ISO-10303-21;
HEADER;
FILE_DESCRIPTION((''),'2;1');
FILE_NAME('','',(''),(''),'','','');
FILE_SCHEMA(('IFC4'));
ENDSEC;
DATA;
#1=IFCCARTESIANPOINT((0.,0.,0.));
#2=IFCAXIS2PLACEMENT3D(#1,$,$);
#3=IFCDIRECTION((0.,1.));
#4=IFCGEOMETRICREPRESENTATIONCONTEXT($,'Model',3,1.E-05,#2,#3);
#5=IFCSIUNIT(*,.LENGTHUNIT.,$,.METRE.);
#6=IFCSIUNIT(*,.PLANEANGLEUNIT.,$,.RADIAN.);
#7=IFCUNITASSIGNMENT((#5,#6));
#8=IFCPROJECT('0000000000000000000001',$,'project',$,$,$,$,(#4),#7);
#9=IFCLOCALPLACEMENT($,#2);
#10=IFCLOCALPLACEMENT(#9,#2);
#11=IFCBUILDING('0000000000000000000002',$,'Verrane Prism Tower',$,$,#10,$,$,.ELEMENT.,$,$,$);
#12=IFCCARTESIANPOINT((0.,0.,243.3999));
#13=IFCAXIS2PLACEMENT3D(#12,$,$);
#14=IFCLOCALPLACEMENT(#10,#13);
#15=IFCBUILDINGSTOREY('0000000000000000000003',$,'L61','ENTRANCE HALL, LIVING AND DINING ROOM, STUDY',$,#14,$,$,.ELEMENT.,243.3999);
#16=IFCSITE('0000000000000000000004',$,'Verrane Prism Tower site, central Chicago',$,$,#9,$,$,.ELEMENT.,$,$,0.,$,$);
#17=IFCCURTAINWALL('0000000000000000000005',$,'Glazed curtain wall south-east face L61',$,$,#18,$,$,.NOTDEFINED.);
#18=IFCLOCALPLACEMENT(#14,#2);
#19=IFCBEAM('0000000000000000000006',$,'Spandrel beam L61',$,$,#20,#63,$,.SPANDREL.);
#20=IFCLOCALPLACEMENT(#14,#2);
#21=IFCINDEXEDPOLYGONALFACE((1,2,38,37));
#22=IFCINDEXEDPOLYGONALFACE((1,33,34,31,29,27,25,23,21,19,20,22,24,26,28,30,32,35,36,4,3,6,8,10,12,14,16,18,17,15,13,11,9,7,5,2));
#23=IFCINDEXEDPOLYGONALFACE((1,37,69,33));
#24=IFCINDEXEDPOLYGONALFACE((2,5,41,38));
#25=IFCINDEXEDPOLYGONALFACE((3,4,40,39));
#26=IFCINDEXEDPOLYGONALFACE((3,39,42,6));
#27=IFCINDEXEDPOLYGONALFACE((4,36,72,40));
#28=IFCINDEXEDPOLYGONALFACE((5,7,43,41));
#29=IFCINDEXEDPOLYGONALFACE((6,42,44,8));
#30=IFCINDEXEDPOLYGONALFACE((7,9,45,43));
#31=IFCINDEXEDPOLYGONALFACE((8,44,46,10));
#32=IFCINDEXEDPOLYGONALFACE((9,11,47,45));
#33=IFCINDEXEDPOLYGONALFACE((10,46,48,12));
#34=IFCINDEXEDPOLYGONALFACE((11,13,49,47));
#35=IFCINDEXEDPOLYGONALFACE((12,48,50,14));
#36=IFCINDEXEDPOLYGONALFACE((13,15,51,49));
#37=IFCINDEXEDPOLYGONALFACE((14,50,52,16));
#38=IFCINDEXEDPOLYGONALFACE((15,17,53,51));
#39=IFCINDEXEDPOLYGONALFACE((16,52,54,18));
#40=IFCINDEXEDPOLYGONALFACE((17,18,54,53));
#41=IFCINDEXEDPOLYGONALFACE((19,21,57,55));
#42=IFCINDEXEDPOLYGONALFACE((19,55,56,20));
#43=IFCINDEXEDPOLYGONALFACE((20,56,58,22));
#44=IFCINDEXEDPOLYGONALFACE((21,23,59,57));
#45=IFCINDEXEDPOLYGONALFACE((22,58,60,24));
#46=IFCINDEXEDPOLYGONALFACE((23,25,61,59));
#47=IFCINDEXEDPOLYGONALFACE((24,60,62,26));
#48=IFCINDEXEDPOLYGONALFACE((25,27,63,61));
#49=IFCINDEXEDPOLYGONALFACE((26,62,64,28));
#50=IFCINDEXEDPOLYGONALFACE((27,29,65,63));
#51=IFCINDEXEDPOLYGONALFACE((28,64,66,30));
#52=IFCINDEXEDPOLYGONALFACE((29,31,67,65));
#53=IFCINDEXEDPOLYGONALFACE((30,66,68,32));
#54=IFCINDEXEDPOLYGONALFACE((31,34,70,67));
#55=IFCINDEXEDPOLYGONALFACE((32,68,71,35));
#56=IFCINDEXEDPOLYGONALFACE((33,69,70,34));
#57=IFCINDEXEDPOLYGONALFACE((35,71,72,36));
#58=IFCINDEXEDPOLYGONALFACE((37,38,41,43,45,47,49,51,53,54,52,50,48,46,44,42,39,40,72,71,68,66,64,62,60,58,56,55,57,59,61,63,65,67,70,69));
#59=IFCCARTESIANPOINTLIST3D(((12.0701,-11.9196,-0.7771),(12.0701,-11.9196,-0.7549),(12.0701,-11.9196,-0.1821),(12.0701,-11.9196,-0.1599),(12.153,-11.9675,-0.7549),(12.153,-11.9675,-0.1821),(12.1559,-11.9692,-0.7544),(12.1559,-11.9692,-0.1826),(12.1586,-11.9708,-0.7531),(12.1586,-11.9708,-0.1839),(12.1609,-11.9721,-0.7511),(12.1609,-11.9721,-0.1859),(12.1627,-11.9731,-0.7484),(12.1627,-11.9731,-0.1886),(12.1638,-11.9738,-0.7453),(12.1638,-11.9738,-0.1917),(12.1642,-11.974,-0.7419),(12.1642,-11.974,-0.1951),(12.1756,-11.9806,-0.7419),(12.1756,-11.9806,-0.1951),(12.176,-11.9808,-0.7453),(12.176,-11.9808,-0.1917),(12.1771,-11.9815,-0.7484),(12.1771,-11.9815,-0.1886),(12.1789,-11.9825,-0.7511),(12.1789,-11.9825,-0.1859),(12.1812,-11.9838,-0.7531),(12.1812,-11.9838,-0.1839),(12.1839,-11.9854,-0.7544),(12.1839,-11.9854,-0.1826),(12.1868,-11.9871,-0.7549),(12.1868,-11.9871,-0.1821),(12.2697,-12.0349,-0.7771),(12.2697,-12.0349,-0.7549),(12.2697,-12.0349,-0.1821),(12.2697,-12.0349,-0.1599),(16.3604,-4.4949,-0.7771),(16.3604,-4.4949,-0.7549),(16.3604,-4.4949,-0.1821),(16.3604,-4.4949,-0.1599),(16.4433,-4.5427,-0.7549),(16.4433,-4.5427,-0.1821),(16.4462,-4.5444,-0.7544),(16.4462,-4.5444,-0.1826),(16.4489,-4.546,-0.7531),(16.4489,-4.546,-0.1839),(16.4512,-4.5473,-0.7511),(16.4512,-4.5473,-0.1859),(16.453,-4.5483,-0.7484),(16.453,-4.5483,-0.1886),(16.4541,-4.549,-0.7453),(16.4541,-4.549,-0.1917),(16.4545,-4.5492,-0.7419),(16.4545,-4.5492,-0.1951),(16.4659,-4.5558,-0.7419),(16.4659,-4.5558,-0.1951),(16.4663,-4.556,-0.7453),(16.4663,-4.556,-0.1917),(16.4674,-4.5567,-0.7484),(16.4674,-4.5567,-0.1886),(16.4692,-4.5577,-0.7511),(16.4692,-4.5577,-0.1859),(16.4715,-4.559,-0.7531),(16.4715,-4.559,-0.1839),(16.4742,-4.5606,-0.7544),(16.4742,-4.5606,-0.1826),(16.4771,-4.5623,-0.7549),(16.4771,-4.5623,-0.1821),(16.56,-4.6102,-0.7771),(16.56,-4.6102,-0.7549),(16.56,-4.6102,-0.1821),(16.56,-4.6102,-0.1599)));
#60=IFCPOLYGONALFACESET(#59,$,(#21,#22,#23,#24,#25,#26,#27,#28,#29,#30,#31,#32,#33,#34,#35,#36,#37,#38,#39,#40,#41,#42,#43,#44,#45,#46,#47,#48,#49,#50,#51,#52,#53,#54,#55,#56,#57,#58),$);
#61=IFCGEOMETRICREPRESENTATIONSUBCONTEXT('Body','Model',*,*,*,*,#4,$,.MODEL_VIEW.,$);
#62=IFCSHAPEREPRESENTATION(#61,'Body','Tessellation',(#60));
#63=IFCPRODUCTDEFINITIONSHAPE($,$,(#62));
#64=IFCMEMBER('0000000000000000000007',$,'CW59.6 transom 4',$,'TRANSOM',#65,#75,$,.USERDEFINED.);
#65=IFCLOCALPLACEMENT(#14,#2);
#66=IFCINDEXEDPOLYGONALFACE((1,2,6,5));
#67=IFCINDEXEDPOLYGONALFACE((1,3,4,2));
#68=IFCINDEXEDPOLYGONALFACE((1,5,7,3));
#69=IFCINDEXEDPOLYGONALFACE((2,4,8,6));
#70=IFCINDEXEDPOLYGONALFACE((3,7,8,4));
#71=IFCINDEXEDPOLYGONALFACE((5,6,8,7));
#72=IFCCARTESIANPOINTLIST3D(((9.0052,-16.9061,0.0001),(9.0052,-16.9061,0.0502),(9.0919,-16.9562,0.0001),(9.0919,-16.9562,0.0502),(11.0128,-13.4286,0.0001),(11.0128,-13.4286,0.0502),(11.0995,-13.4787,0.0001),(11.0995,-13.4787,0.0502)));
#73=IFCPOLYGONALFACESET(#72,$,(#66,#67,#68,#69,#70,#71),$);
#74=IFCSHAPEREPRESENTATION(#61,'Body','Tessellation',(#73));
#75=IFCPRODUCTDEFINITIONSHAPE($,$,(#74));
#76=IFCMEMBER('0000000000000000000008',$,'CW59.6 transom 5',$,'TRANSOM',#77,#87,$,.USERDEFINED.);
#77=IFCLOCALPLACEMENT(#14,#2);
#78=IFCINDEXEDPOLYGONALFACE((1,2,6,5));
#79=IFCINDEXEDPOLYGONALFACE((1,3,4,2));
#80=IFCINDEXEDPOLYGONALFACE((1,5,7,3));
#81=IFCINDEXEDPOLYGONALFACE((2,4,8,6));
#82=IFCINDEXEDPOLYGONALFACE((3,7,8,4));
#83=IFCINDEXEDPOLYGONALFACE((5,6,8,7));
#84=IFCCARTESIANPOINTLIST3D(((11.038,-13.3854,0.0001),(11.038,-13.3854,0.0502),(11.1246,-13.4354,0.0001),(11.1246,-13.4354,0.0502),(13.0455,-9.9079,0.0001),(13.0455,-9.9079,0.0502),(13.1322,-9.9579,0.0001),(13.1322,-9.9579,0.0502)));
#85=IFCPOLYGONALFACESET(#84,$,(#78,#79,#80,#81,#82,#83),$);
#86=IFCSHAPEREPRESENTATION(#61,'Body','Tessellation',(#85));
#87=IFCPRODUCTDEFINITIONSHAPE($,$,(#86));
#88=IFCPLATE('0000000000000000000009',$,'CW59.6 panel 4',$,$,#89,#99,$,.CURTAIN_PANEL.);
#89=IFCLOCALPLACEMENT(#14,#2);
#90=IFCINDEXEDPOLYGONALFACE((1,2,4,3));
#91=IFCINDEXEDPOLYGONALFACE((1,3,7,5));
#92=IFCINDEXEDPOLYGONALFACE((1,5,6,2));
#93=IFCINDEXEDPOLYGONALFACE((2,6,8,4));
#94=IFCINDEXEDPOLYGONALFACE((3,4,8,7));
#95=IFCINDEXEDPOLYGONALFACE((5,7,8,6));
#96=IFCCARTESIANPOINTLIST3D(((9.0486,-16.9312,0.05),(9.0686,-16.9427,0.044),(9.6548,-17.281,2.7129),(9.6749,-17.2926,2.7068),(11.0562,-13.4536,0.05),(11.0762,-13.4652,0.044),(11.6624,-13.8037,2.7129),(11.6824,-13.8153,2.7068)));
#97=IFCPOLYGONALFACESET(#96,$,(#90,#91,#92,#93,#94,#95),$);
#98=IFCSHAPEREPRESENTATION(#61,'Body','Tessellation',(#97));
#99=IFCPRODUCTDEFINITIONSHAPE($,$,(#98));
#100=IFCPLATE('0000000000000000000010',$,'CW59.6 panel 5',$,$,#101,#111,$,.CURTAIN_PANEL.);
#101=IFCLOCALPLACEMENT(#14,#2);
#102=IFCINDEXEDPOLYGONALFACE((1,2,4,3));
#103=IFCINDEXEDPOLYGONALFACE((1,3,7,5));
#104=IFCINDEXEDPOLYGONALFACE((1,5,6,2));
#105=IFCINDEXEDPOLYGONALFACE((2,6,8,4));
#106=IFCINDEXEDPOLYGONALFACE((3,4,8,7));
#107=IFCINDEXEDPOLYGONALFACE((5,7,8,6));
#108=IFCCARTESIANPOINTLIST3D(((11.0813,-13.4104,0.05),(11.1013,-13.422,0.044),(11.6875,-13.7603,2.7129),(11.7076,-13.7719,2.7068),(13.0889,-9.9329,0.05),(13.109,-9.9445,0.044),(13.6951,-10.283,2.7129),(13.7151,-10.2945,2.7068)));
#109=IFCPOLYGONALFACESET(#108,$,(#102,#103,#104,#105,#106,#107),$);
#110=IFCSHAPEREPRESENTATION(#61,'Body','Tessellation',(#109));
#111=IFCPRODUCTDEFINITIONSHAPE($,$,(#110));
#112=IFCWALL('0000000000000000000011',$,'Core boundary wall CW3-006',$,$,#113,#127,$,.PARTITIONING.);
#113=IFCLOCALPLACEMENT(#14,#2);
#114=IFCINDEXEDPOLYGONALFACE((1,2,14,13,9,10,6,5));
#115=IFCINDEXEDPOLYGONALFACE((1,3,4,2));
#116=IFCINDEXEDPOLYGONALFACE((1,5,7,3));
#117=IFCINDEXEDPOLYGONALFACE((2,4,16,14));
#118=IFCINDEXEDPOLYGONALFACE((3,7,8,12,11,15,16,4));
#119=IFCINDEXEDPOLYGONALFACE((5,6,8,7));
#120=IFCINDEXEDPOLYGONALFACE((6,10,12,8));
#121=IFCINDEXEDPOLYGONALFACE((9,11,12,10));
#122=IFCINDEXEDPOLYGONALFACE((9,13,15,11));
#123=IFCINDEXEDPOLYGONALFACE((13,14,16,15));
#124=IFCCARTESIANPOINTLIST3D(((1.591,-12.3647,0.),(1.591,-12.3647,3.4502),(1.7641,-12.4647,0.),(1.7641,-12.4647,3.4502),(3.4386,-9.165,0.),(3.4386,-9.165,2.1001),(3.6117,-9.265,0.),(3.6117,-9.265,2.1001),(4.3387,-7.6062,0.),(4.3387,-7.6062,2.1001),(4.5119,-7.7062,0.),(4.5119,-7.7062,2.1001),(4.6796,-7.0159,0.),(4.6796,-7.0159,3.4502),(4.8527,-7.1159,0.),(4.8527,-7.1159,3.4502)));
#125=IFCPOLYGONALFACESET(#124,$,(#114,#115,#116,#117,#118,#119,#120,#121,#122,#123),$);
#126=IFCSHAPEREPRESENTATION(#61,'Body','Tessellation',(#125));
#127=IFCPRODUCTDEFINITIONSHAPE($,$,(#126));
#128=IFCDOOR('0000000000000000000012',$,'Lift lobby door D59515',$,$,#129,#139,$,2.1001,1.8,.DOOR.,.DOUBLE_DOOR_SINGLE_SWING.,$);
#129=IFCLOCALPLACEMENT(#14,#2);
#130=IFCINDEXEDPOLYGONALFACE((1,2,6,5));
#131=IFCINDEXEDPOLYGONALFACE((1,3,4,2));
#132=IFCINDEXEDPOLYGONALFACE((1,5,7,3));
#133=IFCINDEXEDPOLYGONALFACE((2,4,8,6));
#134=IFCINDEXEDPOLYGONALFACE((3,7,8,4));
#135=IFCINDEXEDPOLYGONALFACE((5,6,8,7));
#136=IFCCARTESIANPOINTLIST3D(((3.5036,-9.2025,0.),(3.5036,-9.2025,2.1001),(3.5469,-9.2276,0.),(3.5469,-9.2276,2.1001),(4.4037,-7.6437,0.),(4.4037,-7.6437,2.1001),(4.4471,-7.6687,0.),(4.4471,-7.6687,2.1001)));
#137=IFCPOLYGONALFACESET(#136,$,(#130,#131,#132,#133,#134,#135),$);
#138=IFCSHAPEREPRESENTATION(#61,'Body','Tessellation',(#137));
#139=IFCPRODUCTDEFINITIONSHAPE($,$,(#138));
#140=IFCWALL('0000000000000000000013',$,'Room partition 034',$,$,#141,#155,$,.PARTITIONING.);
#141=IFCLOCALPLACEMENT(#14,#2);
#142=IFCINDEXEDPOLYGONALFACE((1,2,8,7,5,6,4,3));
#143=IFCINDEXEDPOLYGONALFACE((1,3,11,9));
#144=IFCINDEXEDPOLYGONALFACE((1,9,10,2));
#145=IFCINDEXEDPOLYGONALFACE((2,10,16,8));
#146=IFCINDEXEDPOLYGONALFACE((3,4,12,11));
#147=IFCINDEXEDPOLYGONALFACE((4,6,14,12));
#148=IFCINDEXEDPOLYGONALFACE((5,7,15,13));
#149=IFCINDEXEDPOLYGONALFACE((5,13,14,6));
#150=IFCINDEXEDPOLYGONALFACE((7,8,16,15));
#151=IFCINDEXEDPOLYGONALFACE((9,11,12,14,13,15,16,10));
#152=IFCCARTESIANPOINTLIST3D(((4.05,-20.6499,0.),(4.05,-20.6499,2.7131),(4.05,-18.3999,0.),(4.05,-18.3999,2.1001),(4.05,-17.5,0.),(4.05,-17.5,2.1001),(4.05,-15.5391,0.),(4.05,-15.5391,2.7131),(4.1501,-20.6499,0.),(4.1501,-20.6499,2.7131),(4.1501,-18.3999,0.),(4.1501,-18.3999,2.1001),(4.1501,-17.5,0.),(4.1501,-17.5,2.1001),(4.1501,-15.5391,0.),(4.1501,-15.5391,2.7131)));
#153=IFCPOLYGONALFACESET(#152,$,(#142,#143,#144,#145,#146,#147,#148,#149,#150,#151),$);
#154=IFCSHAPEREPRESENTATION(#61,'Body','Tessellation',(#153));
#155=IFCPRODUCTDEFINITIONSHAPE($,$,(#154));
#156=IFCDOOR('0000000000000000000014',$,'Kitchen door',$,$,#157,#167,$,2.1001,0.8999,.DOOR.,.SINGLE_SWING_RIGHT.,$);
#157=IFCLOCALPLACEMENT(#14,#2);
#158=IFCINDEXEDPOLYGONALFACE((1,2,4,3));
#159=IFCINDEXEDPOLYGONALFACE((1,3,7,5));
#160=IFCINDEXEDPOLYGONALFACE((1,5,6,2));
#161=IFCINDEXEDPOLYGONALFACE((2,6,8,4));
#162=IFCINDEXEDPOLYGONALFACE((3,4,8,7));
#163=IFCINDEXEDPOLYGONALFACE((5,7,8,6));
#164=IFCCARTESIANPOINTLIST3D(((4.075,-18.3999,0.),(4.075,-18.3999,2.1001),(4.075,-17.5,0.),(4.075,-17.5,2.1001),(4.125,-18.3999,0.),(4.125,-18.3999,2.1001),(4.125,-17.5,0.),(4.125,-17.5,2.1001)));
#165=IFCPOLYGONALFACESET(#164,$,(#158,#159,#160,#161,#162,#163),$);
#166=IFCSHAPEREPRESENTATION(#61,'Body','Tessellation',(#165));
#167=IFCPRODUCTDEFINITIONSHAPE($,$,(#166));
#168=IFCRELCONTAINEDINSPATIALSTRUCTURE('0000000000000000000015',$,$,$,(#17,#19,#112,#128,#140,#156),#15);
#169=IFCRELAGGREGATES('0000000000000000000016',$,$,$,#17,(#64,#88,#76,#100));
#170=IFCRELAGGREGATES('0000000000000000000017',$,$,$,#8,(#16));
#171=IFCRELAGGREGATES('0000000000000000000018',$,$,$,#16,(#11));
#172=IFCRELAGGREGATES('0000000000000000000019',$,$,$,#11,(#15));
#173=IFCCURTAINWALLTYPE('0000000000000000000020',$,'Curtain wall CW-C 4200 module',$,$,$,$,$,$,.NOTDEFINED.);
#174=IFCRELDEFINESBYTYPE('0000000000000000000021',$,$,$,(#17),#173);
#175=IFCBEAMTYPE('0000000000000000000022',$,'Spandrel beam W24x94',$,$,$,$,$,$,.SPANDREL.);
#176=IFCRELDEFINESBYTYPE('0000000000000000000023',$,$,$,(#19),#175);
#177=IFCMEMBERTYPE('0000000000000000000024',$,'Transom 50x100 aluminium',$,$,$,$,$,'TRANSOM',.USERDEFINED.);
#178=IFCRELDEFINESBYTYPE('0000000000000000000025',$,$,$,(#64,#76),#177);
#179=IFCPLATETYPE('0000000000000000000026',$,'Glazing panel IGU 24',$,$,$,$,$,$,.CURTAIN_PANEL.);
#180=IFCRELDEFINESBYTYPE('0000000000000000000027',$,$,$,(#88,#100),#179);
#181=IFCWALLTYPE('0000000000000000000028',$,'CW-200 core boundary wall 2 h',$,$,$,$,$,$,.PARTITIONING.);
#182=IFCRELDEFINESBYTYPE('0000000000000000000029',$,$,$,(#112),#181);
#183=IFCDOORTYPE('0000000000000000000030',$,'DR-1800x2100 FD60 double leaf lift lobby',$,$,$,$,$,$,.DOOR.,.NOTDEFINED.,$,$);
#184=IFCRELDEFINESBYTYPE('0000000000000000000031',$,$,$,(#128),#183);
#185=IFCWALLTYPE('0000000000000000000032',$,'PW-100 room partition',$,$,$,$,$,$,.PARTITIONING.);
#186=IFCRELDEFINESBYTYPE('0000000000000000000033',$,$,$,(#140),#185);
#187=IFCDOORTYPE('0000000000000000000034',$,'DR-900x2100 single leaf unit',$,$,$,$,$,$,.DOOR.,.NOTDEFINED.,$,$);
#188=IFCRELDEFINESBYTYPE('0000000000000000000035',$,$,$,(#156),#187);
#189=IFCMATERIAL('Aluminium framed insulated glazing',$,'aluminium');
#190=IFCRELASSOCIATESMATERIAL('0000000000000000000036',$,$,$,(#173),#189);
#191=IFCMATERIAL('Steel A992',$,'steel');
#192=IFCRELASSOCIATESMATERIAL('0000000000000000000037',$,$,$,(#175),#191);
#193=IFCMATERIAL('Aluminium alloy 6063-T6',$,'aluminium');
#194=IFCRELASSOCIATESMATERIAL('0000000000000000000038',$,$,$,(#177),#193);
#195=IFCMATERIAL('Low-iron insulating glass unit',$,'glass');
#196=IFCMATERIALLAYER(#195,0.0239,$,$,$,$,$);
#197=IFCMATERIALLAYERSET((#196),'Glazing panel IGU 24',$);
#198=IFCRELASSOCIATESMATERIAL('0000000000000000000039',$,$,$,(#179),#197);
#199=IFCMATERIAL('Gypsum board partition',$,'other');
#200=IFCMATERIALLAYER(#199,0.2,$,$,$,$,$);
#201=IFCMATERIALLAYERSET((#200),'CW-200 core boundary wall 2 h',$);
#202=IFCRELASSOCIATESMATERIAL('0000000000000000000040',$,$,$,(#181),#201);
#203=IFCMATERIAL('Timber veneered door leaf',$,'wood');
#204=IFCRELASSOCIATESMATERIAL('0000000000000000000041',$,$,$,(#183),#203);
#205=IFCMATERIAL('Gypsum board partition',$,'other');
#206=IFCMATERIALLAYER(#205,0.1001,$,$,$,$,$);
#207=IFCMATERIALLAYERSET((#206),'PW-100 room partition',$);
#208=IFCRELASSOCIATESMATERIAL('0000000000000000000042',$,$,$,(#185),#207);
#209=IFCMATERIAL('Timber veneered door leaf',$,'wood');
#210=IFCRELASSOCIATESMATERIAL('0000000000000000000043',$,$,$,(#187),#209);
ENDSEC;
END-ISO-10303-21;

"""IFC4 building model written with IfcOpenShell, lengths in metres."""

from ifc_helpers import new_model, si_unit, direction, frame, frame_2d, origin, origin_2d, place, context, subcontext, project, spatial, polyline, rectangle, i_section, outline, extrude, material, layer, layer_set, material_profile, profile_set, type_object, element, fill, aggregate, save


model = new_model("IFC4")

# Units and contexts
model_context = context("Model", 3, precision=1e-05, world=origin(), true_north=direction((0.0, 1.0)))
body_context = subcontext(model_context, "Body", "Model", "MODEL_VIEW")
ifc_project = project(units=[si_unit("LENGTHUNIT", "METRE"), si_unit("PLANEANGLEUNIT", "RADIAN")], contexts=[model_context])

# Site, building, storey
site_placement = place(None, origin())
site = spatial("IfcSite", under=ifc_project, at=site_placement, Name="Verrane Prism Tower site, central Chicago", CompositionType="ELEMENT", RefElevation=0.0)
building_placement = place(site_placement, origin())
building = spatial("IfcBuilding", under=site, at=building_placement, Name="Verrane Prism Tower", CompositionType="ELEMENT")
storey_placement = place(building_placement, frame((0.0, 0.0, 243.3999)))
storey = spatial("IfcBuildingStorey", under=building, at=storey_placement, Name="L61", Description="ENTRANCE HALL, LIVING AND DINING ROOM, STUDY", CompositionType="ELEMENT", Elevation=243.3999)

# Curtain wall
ifc_material_1 = material(Name="Aluminium framed insulated glazing", Category="aluminium")
curtain_wall_type = type_object("IfcCurtainWallType", Name="Curtain wall CW-C 4200 module", PredefinedType="NOTDEFINED", material=ifc_material_1)
curtain_wall_placement = place(storey_placement, origin())
curtain_wall = element("IfcCurtainWall", 1, at=curtain_wall_placement, inside=storey, type_object=curtain_wall_type, Name="Glazed curtain wall south-east face L61", PredefinedType="NOTDEFINED")

# Beam
ifc_material_2 = material(Name="Steel A992", Category="steel")
ifc_material_profile_1 = material_profile(ifc_material_2, i_section(OverallWidth=0.2305, OverallDepth=0.6172, WebThickness=0.0132, FlangeThickness=0.0222, FilletRadius=0.0129, at=origin_2d()), Name="W24x94")
ifc_profile_set_1 = profile_set([ifc_material_profile_1], Name="Steel A992")
beam_type_1 = type_object("IfcBeamType", Name="Spandrel beam W24x94", PredefinedType="SPANDREL", material=ifc_profile_set_1)
beam_1_placement = place(storey_placement, frame((12.1699, -11.9773, -0.4685), z_axis=(0.500312, 0.865845, 0.0), x_axis=(-0.865845, 0.500312, 0.0)))
element("IfcBeam", 2, at=beam_1_placement, inside=storey, type_object=beam_type_1, Name="Spandrel beam L61", PredefinedType="SPANDREL", context=body_context, shape_type="SweptSolid", body=[
    extrude(i_section(OverallWidth=0.2305, OverallDepth=0.6172, WebThickness=0.0132, FlangeThickness=0.0222, FilletRadius=0.0129, at=origin_2d()), origin(), (0.0, 0.0, 1.0), 8.5752),
])

# Members
ifc_material_3 = material(Name="Aluminium alloy 6063-T6", Category="aluminium")
ifc_material_profile_2 = material_profile(ifc_material_3, rectangle(XDim=0.1001, YDim=0.05, at=origin_2d()), Name="Transom 50x100 aluminium")
ifc_profile_set_2 = profile_set([ifc_material_profile_2], Name="Aluminium alloy 6063-T6")
member_type_1 = type_object("IfcMemberType", Name="Transom 50x100 aluminium", ElementType="TRANSOM", PredefinedType="USERDEFINED", material=ifc_profile_set_2)
member_1_placement = place(storey_placement, frame((9.0486, -16.9312, 0.0251), z_axis=(0.499965, 0.866046, 0.0), x_axis=(-0.866046, 0.499965, 0.0)))
member_1 = element("IfcMember", 3, at=member_1_placement, type_object=member_type_1, Name="CW59.6 transom 4", ObjectType="TRANSOM", PredefinedType="USERDEFINED", context=body_context, shape_type="SweptSolid", body=[
    extrude(rectangle(XDim=0.1001, YDim=0.05, at=origin_2d()), origin(), (0.0, 0.0, 1.0), 4.0154),
])
member_2_placement = place(storey_placement, frame((11.0813, -13.4104, 0.0251), z_axis=(0.499965, 0.866046, 0.0), x_axis=(-0.866046, 0.499965, 0.0)))
member_2 = element("IfcMember", 4, at=member_2_placement, type_object=member_type_1, Name="CW59.6 transom 5", ObjectType="TRANSOM", PredefinedType="USERDEFINED", context=body_context, shape_type="SweptSolid", body=[
    extrude(rectangle(XDim=0.1001, YDim=0.05, at=origin_2d()), origin(), (0.0, 0.0, 1.0), 4.0154),
])

# Plates
ifc_material_4 = material(Name="Low-iron insulating glass unit", Category="glass")
ifc_layer_1 = layer(ifc_material_4, 0.0239)
ifc_layer_set_1 = layer_set([ifc_layer_1], Name="Glazing panel IGU 24")
plate_type = type_object("IfcPlateType", Name="Glazing panel IGU 24", PredefinedType="CURTAIN_PANEL", material=ifc_layer_set_1)
plate_1_placement = place(storey_placement, frame((9.0486, -16.9312, 0.05), z_axis=(-0.837583, 0.48355, 0.25423), x_axis=(0.499977, 0.866039, -0.000004)))
plate_1 = element("IfcPlate", 5, at=plate_1_placement, type_object=plate_type, Name="CW59.6 panel 4", PredefinedType="CURTAIN_PANEL", context=body_context, shape_type="SweptSolid", body=[
    extrude(outline(polyline([(0.0, 0.0), (4.0154, 0.0), (4.0153, -2.7533), (0.0001, -2.7533), (0.0, 0.0)])), origin(), (0.0, 0.0, -1.0), 0.0239),
])
plate_2_placement = place(storey_placement, frame((11.0813, -13.4104, 0.05), z_axis=(-0.837583, 0.48355, 0.25423), x_axis=(0.499977, 0.866039, -0.000004)))
plate_2 = element("IfcPlate", 6, at=plate_2_placement, type_object=plate_type, Name="CW59.6 panel 5", PredefinedType="CURTAIN_PANEL", context=body_context, shape_type="SweptSolid", body=[
    extrude(outline(polyline([(0.0, 0.0), (4.0154, 0.0), (4.0153, -2.7533), (0.0001, -2.7533), (0.0, 0.0)])), origin(), (0.0, 0.0, -1.0), 0.0239),
])
aggregate(curtain_wall, [member_1, plate_1, member_2, plate_2])

# Walls, openings, doors
ifc_material_5 = material(Name="Gypsum board partition", Category="other")
ifc_layer_2 = layer(ifc_material_5, 0.2)
ifc_layer_set_2 = layer_set([ifc_layer_2], Name="CW-200 core boundary wall 2 h")
wall_type_1 = type_object("IfcWallType", Name="CW-200 core boundary wall 2 h", PredefinedType="PARTITIONING", material=ifc_layer_set_2)
wall_1_placement = place(storey_placement, frame((1.6775, -12.4148, 0.0), z_axis=(0.0, 0.0, 1.0), x_axis=(0.500054, 0.865994, 0.0)))
wall_1 = element("IfcWall", 7, at=wall_1_placement, inside=storey, type_object=wall_type_1, Name="Core boundary wall CW3-006", PredefinedType="PARTITIONING", context=body_context, shape_type="SweptSolid", body=[
    extrude(rectangle(XDim=6.1765, YDim=0.2, at=frame_2d((3.0884, 0.0))), origin(), (0.0, 0.0, 1.0), 3.4502),
])
opening_1_placement = place(wall_1_placement, frame((3.6951, 0.0, 0.0)))
opening_1 = element("IfcOpeningElement", 8, at=opening_1_placement, cuts=wall_1, PredefinedType="OPENING", context=body_context, shape_type="SweptSolid", body=[
    extrude(rectangle(XDim=1.8, YDim=2.1001, at=frame_2d((0.8999, 1.05))), frame((0.0, 0.1099, 0.0), z_axis=(0.0, -1.0, 0.0), x_axis=(1.0, 0.0, 0.0)), (0.0, 0.0, 1.0), 0.22),
])
ifc_material_6 = material(Name="Timber veneered door leaf", Category="wood")
door_type_1 = type_object("IfcDoorType", Name="DR-1800x2100 FD60 double leaf lift lobby", OperationType="NOTDEFINED", PredefinedType="DOOR", material=ifc_material_6)
door_1_placement = place(opening_1_placement, origin())
door_1 = element("IfcDoor", 9, at=door_1_placement, inside=storey, type_object=door_type_1, Name="Lift lobby door D59515", OperationType="DOUBLE_DOOR_SINGLE_SWING", OverallHeight=2.1001, OverallWidth=1.8, PredefinedType="DOOR", context=body_context, shape_type="SweptSolid", body=[
    extrude(rectangle(XDim=1.8, YDim=2.1001, at=frame_2d((0.8999, 1.05))), frame((0.0, 0.0249, 0.0), z_axis=(0.0, -1.0, 0.0), x_axis=(1.0, 0.0, 0.0)), (0.0, 0.0, 1.0), 0.05),
])
fill(opening_1, door_1)
ifc_material_7 = material(Name="Gypsum board partition", Category="other")
ifc_layer_3 = layer(ifc_material_7, 0.1001)
ifc_layer_set_3 = layer_set([ifc_layer_3], Name="PW-100 room partition")
wall_type_2 = type_object("IfcWallType", Name="PW-100 room partition", PredefinedType="PARTITIONING", material=ifc_layer_set_3)
wall_2_placement = place(storey_placement, frame((4.1001, -15.5391, 0.0), z_axis=(0.0, 0.0, 1.0), x_axis=(0.0, -1.0, 0.0)))
wall_2 = element("IfcWall", 10, at=wall_2_placement, inside=storey, type_object=wall_type_2, Name="Room partition 034", PredefinedType="PARTITIONING", context=body_context, shape_type="SweptSolid", body=[
    extrude(rectangle(XDim=5.1108, YDim=0.1001, at=frame_2d((2.5554, 0.0))), origin(), (0.0, 0.0, 1.0), 2.7131),
])
opening_2_placement = place(wall_2_placement, frame((1.9609, 0.0, 0.0)))
opening_2 = element("IfcOpeningElement", 11, at=opening_2_placement, cuts=wall_2, PredefinedType="OPENING", context=body_context, shape_type="SweptSolid", body=[
    extrude(rectangle(XDim=0.8999, YDim=2.1001, at=frame_2d((0.45, 1.05))), frame((0.0, 0.0601, 0.0), z_axis=(0.0, -1.0, 0.0), x_axis=(1.0, 0.0, 0.0)), (0.0, 0.0, 1.0), 0.1201),
])
ifc_material_8 = material(Name="Timber veneered door leaf", Category="wood")
door_type_2 = type_object("IfcDoorType", Name="DR-900x2100 single leaf unit", OperationType="NOTDEFINED", PredefinedType="DOOR", material=ifc_material_8)
door_2_placement = place(opening_2_placement, origin())
door_2 = element("IfcDoor", 12, at=door_2_placement, inside=storey, type_object=door_type_2, Name="Kitchen door", OperationType="SINGLE_SWING_RIGHT", OverallHeight=2.1001, OverallWidth=0.8999, PredefinedType="DOOR", context=body_context, shape_type="SweptSolid", body=[
    extrude(rectangle(XDim=0.8999, YDim=2.1001, at=frame_2d((0.45, 1.05))), frame((0.0, 0.0249, 0.0), z_axis=(0.0, -1.0, 0.0), x_axis=(1.0, 0.0, 0.0)), (0.0, 0.0, 1.0), 0.05),
])
fill(opening_2, door_2)

save(model, "model.ifc")
